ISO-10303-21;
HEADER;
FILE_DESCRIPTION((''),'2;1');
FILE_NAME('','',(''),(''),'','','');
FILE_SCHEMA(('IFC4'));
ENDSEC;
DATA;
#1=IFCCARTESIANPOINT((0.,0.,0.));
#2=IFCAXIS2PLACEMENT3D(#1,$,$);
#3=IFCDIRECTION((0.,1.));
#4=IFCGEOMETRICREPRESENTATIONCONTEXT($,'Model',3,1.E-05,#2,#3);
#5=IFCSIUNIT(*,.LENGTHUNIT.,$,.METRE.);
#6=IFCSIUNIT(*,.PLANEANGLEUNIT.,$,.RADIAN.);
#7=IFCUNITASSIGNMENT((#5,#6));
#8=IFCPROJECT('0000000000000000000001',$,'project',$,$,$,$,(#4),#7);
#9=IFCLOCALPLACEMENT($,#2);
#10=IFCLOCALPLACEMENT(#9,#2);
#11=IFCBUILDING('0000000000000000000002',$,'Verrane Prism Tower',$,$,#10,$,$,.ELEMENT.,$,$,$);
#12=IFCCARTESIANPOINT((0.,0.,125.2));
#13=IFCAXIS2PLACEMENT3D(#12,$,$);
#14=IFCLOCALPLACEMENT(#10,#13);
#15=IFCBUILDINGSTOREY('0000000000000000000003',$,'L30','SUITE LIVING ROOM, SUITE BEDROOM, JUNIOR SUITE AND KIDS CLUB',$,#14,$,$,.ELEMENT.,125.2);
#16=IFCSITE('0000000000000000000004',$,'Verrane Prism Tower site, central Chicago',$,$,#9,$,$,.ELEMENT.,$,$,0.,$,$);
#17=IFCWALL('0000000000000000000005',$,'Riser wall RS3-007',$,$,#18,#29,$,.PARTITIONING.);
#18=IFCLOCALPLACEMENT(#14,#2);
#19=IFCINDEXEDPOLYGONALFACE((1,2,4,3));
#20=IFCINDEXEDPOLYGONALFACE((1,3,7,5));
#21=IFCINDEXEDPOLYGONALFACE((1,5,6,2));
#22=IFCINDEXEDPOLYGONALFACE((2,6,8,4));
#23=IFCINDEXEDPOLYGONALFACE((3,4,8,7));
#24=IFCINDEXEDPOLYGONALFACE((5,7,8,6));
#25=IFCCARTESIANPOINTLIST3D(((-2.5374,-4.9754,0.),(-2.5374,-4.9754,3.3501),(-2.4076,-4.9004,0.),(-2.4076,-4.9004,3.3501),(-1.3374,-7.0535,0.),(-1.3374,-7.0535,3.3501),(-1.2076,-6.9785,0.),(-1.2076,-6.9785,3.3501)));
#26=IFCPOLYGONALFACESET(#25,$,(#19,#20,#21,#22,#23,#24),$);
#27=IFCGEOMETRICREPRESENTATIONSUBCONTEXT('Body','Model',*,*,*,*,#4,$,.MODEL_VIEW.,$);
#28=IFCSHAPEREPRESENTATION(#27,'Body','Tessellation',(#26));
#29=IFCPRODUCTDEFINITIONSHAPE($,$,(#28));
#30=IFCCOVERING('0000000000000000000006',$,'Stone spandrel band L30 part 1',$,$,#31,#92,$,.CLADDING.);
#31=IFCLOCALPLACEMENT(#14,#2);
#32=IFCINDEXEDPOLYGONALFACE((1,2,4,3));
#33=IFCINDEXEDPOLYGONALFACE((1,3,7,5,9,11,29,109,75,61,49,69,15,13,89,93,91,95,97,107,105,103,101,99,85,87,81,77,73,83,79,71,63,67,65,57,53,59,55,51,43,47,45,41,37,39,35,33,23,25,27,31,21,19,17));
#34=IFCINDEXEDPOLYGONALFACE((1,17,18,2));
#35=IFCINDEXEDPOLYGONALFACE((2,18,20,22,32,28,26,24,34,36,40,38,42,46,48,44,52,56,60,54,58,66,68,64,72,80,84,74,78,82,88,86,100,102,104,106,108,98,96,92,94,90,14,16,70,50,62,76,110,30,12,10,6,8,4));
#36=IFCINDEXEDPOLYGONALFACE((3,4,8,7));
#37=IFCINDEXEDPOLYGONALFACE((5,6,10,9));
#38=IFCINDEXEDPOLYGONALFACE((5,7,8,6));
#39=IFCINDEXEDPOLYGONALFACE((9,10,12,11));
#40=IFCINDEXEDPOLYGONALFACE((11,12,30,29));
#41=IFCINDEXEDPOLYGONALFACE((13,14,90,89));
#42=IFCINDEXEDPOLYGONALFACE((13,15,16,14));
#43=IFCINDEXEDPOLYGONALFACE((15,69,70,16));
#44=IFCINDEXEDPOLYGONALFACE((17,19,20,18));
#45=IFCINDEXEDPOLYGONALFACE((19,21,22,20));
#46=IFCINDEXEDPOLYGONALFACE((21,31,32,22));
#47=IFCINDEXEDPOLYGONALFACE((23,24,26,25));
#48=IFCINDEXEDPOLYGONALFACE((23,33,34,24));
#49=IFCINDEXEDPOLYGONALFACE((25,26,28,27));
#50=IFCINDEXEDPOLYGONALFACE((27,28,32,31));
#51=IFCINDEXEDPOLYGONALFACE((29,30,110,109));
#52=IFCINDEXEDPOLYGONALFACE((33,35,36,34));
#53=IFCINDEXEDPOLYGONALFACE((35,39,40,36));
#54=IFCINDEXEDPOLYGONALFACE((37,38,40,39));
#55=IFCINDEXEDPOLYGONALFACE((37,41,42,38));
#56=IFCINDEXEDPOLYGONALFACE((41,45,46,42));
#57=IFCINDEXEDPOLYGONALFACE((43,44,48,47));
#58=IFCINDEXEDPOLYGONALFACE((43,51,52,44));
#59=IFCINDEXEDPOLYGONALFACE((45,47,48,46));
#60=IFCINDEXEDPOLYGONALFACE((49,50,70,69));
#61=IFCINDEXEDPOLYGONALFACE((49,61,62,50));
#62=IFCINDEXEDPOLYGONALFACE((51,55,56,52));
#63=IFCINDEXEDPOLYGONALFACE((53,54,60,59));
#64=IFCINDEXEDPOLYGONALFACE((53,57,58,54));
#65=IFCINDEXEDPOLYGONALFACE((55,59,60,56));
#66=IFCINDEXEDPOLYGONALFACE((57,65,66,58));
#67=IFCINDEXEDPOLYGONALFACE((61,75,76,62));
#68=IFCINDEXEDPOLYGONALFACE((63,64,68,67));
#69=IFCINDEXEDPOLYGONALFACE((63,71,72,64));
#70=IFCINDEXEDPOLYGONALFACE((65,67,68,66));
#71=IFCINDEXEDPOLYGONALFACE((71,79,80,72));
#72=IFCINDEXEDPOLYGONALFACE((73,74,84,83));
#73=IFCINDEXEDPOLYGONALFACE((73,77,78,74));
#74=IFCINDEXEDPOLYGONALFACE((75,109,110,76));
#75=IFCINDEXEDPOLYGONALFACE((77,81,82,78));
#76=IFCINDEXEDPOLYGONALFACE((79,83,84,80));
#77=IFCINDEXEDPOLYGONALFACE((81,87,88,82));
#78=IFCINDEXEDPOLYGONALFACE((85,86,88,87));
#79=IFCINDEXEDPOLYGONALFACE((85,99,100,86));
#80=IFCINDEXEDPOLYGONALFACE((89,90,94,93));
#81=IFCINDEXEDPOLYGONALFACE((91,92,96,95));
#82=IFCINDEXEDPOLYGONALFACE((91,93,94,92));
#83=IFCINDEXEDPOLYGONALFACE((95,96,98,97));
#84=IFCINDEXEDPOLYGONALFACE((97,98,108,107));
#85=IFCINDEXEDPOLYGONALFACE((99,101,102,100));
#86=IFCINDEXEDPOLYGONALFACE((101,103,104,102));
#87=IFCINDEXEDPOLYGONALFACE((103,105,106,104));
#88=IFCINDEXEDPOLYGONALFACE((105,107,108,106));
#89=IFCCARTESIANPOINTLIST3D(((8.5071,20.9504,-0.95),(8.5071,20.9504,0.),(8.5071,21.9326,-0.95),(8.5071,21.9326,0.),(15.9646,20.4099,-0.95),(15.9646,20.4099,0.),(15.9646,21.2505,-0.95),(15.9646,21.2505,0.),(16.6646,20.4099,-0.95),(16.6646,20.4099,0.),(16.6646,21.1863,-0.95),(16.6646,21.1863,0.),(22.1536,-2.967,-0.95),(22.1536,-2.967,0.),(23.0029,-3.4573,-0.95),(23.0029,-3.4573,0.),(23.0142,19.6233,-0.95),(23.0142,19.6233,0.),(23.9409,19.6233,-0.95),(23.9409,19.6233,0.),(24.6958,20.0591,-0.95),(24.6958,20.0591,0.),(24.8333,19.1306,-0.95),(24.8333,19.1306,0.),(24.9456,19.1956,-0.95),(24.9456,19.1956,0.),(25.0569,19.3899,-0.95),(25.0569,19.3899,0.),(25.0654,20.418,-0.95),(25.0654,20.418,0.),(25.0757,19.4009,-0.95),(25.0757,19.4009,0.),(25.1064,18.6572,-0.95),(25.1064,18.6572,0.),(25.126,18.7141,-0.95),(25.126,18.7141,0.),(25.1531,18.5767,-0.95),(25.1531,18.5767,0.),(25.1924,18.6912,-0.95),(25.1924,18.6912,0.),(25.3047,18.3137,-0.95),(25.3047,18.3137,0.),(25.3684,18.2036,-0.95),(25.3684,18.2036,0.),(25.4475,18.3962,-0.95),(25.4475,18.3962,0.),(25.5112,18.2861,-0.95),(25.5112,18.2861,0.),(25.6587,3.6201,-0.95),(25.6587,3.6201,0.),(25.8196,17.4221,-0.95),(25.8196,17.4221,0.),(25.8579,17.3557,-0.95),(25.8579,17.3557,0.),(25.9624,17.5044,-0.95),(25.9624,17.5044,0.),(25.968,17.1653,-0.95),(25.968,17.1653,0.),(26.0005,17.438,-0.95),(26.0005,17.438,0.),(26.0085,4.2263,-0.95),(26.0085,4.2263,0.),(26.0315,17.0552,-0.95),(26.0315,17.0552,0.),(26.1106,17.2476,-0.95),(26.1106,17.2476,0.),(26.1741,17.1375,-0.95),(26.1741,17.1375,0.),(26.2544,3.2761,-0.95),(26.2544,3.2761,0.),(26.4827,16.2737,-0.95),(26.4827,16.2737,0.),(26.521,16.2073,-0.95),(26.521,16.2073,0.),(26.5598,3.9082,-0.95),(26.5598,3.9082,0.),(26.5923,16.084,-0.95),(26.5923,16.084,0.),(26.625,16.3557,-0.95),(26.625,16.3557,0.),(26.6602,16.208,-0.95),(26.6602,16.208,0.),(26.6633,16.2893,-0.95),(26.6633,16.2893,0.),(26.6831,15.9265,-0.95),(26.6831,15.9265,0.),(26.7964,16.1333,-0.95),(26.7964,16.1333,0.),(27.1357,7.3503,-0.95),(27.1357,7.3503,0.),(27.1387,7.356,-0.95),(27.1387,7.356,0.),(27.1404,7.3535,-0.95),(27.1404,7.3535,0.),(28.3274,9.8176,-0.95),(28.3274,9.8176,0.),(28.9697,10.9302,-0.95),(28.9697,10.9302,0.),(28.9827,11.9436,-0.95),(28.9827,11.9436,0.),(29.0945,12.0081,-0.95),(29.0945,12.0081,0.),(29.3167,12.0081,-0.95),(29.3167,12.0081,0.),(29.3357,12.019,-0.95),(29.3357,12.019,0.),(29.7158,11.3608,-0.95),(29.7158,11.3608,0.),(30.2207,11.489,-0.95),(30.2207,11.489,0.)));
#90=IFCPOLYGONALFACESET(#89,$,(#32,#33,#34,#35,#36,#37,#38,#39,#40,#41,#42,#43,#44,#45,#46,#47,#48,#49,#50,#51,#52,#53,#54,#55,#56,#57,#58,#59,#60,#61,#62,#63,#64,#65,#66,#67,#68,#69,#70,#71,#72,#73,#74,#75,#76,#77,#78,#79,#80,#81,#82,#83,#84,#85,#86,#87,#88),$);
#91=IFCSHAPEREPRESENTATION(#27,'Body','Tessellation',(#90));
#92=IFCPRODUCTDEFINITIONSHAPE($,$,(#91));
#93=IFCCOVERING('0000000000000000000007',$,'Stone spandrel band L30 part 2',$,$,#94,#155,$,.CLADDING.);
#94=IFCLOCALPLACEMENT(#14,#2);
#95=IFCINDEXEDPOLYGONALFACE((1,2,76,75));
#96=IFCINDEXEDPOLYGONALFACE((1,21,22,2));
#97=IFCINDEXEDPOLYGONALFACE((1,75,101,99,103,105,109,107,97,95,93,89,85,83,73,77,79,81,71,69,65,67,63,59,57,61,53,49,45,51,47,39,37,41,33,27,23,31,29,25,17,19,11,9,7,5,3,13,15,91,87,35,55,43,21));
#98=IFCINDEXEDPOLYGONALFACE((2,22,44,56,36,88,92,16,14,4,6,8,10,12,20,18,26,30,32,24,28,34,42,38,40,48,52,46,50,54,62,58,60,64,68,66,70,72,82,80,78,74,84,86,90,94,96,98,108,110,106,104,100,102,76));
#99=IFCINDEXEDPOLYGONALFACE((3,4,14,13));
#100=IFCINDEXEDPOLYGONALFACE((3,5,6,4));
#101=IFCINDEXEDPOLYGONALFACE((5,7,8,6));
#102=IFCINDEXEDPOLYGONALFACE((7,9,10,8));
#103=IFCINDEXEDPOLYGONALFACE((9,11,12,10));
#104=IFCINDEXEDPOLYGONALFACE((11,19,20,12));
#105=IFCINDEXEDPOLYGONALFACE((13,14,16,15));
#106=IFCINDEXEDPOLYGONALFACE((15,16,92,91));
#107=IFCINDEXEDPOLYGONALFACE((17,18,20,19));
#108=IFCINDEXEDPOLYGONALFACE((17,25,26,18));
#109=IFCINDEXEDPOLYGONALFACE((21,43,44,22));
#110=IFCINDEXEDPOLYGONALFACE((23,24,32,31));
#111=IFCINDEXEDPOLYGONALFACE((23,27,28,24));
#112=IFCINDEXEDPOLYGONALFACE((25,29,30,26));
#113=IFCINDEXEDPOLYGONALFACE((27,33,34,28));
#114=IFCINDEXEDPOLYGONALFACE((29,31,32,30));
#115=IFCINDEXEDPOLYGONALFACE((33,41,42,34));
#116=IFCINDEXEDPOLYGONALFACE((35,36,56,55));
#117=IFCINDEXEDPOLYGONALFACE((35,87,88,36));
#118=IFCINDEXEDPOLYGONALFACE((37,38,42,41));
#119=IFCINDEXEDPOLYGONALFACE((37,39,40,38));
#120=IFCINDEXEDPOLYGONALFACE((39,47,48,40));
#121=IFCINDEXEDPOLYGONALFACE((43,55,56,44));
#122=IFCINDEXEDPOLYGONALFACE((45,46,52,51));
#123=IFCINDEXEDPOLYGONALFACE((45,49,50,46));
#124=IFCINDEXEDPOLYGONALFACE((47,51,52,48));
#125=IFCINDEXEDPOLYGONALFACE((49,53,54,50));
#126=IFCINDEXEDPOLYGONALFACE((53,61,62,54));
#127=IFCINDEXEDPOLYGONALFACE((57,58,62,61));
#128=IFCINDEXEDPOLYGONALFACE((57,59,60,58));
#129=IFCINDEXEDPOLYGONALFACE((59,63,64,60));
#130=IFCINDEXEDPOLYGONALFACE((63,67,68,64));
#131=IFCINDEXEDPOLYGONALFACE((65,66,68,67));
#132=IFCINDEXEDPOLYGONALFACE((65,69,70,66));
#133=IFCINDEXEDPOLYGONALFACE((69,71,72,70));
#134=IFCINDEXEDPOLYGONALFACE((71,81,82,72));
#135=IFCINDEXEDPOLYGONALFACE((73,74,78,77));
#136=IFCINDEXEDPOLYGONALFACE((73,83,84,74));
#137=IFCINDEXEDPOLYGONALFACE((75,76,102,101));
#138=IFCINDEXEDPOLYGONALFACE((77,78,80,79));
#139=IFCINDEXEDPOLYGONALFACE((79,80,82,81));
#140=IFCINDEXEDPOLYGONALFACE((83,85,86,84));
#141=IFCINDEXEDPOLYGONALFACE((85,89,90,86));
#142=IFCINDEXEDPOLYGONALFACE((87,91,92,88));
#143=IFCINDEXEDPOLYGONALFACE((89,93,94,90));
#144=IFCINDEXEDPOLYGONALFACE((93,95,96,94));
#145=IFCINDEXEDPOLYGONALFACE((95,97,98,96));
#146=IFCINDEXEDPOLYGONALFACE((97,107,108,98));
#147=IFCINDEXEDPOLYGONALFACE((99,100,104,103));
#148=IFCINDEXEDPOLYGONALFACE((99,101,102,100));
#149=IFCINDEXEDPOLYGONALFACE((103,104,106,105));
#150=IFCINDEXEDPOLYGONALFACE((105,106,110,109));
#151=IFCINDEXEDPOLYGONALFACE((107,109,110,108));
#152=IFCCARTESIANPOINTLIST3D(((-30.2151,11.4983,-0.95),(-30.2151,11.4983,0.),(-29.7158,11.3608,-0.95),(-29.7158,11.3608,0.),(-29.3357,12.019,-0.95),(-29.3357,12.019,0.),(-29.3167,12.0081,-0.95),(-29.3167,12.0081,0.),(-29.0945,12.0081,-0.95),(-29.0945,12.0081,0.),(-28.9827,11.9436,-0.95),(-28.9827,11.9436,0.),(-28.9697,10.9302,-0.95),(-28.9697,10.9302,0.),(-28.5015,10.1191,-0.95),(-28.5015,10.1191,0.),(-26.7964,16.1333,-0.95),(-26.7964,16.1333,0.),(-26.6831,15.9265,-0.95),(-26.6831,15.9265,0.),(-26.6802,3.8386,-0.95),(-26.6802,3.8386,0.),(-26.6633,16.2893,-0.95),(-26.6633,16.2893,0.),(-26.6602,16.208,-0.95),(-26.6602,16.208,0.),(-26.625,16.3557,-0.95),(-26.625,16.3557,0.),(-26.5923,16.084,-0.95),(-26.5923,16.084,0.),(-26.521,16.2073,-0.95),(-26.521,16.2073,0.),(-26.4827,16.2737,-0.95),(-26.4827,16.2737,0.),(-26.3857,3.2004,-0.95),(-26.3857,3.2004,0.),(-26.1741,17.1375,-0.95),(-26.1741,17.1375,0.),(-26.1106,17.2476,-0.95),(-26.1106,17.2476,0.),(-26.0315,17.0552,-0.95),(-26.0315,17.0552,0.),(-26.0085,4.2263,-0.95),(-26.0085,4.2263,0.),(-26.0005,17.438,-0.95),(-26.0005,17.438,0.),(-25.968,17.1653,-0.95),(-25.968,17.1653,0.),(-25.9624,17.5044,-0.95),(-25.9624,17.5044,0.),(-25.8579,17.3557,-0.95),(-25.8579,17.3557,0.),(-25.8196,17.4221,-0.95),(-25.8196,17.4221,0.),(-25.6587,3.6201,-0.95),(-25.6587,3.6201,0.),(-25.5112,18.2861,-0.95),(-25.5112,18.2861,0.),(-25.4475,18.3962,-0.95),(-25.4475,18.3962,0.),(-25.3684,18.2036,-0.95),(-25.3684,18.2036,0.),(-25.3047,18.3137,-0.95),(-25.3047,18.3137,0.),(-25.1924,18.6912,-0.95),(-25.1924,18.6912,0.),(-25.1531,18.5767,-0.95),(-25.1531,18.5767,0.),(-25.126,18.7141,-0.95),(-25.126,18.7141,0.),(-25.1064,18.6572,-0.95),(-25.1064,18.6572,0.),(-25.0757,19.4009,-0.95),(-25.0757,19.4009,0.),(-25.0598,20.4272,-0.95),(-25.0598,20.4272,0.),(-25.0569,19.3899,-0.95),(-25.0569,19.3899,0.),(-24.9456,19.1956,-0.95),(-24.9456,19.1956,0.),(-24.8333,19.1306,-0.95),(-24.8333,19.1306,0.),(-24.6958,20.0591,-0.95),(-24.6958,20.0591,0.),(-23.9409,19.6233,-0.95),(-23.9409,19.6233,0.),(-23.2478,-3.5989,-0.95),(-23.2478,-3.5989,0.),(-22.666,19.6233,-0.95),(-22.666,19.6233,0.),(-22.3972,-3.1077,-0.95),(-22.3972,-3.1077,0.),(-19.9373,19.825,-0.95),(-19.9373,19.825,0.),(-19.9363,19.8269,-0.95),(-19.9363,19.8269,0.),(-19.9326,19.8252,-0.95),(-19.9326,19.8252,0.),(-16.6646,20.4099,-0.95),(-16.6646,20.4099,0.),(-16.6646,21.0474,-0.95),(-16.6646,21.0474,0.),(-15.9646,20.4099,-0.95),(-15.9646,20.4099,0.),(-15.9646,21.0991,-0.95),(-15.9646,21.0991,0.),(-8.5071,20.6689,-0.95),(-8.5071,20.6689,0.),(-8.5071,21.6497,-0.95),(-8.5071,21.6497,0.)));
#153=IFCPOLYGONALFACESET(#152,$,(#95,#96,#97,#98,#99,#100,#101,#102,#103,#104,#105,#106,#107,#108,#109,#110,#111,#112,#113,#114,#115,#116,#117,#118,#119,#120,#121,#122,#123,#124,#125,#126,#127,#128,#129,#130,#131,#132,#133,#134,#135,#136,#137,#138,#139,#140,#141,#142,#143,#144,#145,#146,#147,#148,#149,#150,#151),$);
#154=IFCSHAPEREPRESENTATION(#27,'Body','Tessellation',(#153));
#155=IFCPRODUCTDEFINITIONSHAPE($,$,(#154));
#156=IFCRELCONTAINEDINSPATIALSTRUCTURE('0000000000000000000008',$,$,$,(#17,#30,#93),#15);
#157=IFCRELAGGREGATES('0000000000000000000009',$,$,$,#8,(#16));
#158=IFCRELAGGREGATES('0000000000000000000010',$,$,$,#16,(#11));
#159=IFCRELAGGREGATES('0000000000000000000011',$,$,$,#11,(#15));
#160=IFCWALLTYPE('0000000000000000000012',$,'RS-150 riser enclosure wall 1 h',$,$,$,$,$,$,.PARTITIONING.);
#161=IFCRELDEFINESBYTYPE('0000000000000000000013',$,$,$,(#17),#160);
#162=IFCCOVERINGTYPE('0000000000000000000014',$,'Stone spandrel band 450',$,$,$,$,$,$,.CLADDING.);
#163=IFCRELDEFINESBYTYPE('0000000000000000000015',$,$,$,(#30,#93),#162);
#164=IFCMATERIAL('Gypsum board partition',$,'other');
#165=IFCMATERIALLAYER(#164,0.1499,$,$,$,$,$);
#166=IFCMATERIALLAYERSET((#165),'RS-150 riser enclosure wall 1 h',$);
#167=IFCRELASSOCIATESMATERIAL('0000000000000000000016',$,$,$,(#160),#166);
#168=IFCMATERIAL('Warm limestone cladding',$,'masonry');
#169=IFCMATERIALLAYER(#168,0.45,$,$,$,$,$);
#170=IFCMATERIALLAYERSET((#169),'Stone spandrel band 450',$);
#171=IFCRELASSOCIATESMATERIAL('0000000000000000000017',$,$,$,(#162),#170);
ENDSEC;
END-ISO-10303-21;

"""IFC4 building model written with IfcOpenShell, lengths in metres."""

from ifc_helpers import new_model, si_unit, direction, frame, frame_2d, origin, place, context, subcontext, project, spatial, polyline, rectangle, outline, extrude, material, layer, layer_set, type_object, element, save


model = new_model("IFC4")

# Units and contexts
model_context = context("Model", 3, precision=1e-05, world=origin(), true_north=direction((0.0, 1.0)))
body_context = subcontext(model_context, "Body", "Model", "MODEL_VIEW")
ifc_project = project(units=[si_unit("LENGTHUNIT", "METRE"), si_unit("PLANEANGLEUNIT", "RADIAN")], contexts=[model_context])

# Site, building, storey
site_placement = place(None, origin())
site = spatial("IfcSite", under=ifc_project, at=site_placement, Name="Verrane Prism Tower site, central Chicago", CompositionType="ELEMENT", RefElevation=0.0)
building_placement = place(site_placement, origin())
building = spatial("IfcBuilding", under=site, at=building_placement, Name="Verrane Prism Tower", CompositionType="ELEMENT")
storey_placement = place(building_placement, frame((0.0, 0.0, 125.2)))
storey = spatial("IfcBuildingStorey", under=building, at=storey_placement, Name="L30", Description="SUITE LIVING ROOM, SUITE BEDROOM, JUNIOR SUITE AND KIDS CLUB", CompositionType="ELEMENT", Elevation=125.2)

# Shared definitions
ifc_material_1 = material(Name="Gypsum board partition", Category="other")
ifc_layer_1 = layer(ifc_material_1, 0.1499)
ifc_layer_set_1 = layer_set([ifc_layer_1], Name="RS-150 riser enclosure wall 1 h")
wall_type_1 = type_object("IfcWallType", Name="RS-150 riser enclosure wall 1 h", PredefinedType="PARTITIONING", material=ifc_layer_set_1)

# Wall
wall_1_placement = place(storey_placement, frame((-2.4724, -4.938, 0.0), z_axis=(0.0, 0.0, 1.0), x_axis=(0.500045, -0.865999, 0.0)))
element("IfcWall", 1, at=wall_1_placement, inside=storey, type_object=wall_type_1, Name="Riser wall RS3-007", PredefinedType="PARTITIONING", context=body_context, shape_type="SweptSolid", body=[
    extrude(rectangle(XDim=2.3997, YDim=0.1499, at=frame_2d((1.1997, 0.0))), origin(), (0.0, 0.0, 1.0), 3.3501),
])

# Coverings
ifc_material_2 = material(Name="Warm limestone cladding", Category="masonry")
ifc_layer_2 = layer(ifc_material_2, 0.45)
ifc_layer_set_2 = layer_set([ifc_layer_2], Name="Stone spandrel band 450")
covering_type = type_object("IfcCoveringType", Name="Stone spandrel band 450", PredefinedType="CLADDING", material=ifc_layer_set_2)
covering_1_placement = place(storey_placement, frame((0.0, 0.0, -0.95)))
element("IfcCovering", 2, at=covering_1_placement, inside=storey, type_object=covering_type, Name="Stone spandrel band L30 part 1", PredefinedType="CLADDING", context=body_context, shape_type="SweptSolid", body=[
    extrude(outline(polyline([(8.5071, 20.9504), (23.0142, 19.6233), (23.9409, 19.6233), (24.6958, 20.0591), (25.0757, 19.4009), (25.0569, 19.3899), (24.9456, 19.1956), (24.8333, 19.1306), (25.1064, 18.6572), (25.126, 18.7141), (25.1924, 18.6912), (25.1531, 18.5767), (25.3047, 18.3137), (25.4475, 18.3962), (25.5112, 18.2861), (25.3684, 18.2036), (25.8196, 17.4221), (25.9624, 17.5044), (26.0005, 17.438), (25.8579, 17.3557), (25.968, 17.1653), (26.1106, 17.2476), (26.1741, 17.1375), (26.0315, 17.0552), (26.4827, 16.2737), (26.625, 16.3557), (26.6633, 16.2893), (26.521, 16.2073), (26.5923, 16.084), (26.6602, 16.208), (26.7964, 16.1333), (26.6831, 15.9265), (28.9827, 11.9436), (29.0945, 12.0081), (29.3167, 12.0081), (29.3357, 12.019), (29.7158, 11.3608), (28.9697, 10.9302), (28.3274, 9.8176), (27.1387, 7.356), (27.1404, 7.3535), (27.1357, 7.3503), (22.1536, -2.967), (23.0029, -3.4573), (26.2544, 3.2761), (25.6587, 3.6201), (26.0085, 4.2263), (26.5598, 3.9082), (30.2207, 11.489), (25.0654, 20.418), (16.6646, 21.1863), (16.6646, 20.4099), (15.9646, 20.4099), (15.9646, 21.2505), (8.5071, 21.9326), (8.5071, 20.9504)])), origin(), (0.0, 0.0, 1.0), 0.95),
])
covering_2_placement = place(storey_placement, frame((0.0, 0.0, -0.95)))
element("IfcCovering", 3, at=covering_2_placement, inside=storey, type_object=covering_type, Name="Stone spandrel band L30 part 2", PredefinedType="CLADDING", context=body_context, shape_type="SweptSolid", body=[
    extrude(outline(polyline([(-22.3972, -3.1077), (-28.5015, 10.1191), (-28.9697, 10.9302), (-29.7158, 11.3608), (-29.3357, 12.019), (-29.3167, 12.0081), (-29.0945, 12.0081), (-28.9827, 11.9436), (-26.6831, 15.9265), (-26.7964, 16.1333), (-26.6602, 16.208), (-26.5923, 16.084), (-26.521, 16.2073), (-26.6633, 16.2893), (-26.625, 16.3557), (-26.4827, 16.2737), (-26.0315, 17.0552), (-26.1741, 17.1375), (-26.1106, 17.2476), (-25.968, 17.1653), (-25.8579, 17.3557), (-26.0005, 17.438), (-25.9624, 17.5044), (-25.8196, 17.4221), (-25.3684, 18.2036), (-25.5112, 18.2861), (-25.4475, 18.3962), (-25.3047, 18.3137), (-25.1531, 18.5767), (-25.1924, 18.6912), (-25.126, 18.7141), (-25.1064, 18.6572), (-24.8333, 19.1306), (-24.9456, 19.1956), (-25.0569, 19.3899), (-25.0757, 19.4009), (-24.6958, 20.0591), (-23.9409, 19.6233), (-22.666, 19.6233), (-19.9373, 19.825), (-19.9363, 19.8269), (-19.9326, 19.8252), (-8.5071, 20.6689), (-8.5071, 21.6497), (-15.9646, 21.0991), (-15.9646, 20.4099), (-16.6646, 20.4099), (-16.6646, 21.0474), (-25.0598, 20.4272), (-30.2151, 11.4983), (-26.6802, 3.8386), (-26.0085, 4.2263), (-25.6587, 3.6201), (-26.3857, 3.2004), (-23.2478, -3.5989), (-22.3972, -3.1077)])), origin(), (0.0, 0.0, 1.0), 0.95),
])

save(model, "model.ifc")
